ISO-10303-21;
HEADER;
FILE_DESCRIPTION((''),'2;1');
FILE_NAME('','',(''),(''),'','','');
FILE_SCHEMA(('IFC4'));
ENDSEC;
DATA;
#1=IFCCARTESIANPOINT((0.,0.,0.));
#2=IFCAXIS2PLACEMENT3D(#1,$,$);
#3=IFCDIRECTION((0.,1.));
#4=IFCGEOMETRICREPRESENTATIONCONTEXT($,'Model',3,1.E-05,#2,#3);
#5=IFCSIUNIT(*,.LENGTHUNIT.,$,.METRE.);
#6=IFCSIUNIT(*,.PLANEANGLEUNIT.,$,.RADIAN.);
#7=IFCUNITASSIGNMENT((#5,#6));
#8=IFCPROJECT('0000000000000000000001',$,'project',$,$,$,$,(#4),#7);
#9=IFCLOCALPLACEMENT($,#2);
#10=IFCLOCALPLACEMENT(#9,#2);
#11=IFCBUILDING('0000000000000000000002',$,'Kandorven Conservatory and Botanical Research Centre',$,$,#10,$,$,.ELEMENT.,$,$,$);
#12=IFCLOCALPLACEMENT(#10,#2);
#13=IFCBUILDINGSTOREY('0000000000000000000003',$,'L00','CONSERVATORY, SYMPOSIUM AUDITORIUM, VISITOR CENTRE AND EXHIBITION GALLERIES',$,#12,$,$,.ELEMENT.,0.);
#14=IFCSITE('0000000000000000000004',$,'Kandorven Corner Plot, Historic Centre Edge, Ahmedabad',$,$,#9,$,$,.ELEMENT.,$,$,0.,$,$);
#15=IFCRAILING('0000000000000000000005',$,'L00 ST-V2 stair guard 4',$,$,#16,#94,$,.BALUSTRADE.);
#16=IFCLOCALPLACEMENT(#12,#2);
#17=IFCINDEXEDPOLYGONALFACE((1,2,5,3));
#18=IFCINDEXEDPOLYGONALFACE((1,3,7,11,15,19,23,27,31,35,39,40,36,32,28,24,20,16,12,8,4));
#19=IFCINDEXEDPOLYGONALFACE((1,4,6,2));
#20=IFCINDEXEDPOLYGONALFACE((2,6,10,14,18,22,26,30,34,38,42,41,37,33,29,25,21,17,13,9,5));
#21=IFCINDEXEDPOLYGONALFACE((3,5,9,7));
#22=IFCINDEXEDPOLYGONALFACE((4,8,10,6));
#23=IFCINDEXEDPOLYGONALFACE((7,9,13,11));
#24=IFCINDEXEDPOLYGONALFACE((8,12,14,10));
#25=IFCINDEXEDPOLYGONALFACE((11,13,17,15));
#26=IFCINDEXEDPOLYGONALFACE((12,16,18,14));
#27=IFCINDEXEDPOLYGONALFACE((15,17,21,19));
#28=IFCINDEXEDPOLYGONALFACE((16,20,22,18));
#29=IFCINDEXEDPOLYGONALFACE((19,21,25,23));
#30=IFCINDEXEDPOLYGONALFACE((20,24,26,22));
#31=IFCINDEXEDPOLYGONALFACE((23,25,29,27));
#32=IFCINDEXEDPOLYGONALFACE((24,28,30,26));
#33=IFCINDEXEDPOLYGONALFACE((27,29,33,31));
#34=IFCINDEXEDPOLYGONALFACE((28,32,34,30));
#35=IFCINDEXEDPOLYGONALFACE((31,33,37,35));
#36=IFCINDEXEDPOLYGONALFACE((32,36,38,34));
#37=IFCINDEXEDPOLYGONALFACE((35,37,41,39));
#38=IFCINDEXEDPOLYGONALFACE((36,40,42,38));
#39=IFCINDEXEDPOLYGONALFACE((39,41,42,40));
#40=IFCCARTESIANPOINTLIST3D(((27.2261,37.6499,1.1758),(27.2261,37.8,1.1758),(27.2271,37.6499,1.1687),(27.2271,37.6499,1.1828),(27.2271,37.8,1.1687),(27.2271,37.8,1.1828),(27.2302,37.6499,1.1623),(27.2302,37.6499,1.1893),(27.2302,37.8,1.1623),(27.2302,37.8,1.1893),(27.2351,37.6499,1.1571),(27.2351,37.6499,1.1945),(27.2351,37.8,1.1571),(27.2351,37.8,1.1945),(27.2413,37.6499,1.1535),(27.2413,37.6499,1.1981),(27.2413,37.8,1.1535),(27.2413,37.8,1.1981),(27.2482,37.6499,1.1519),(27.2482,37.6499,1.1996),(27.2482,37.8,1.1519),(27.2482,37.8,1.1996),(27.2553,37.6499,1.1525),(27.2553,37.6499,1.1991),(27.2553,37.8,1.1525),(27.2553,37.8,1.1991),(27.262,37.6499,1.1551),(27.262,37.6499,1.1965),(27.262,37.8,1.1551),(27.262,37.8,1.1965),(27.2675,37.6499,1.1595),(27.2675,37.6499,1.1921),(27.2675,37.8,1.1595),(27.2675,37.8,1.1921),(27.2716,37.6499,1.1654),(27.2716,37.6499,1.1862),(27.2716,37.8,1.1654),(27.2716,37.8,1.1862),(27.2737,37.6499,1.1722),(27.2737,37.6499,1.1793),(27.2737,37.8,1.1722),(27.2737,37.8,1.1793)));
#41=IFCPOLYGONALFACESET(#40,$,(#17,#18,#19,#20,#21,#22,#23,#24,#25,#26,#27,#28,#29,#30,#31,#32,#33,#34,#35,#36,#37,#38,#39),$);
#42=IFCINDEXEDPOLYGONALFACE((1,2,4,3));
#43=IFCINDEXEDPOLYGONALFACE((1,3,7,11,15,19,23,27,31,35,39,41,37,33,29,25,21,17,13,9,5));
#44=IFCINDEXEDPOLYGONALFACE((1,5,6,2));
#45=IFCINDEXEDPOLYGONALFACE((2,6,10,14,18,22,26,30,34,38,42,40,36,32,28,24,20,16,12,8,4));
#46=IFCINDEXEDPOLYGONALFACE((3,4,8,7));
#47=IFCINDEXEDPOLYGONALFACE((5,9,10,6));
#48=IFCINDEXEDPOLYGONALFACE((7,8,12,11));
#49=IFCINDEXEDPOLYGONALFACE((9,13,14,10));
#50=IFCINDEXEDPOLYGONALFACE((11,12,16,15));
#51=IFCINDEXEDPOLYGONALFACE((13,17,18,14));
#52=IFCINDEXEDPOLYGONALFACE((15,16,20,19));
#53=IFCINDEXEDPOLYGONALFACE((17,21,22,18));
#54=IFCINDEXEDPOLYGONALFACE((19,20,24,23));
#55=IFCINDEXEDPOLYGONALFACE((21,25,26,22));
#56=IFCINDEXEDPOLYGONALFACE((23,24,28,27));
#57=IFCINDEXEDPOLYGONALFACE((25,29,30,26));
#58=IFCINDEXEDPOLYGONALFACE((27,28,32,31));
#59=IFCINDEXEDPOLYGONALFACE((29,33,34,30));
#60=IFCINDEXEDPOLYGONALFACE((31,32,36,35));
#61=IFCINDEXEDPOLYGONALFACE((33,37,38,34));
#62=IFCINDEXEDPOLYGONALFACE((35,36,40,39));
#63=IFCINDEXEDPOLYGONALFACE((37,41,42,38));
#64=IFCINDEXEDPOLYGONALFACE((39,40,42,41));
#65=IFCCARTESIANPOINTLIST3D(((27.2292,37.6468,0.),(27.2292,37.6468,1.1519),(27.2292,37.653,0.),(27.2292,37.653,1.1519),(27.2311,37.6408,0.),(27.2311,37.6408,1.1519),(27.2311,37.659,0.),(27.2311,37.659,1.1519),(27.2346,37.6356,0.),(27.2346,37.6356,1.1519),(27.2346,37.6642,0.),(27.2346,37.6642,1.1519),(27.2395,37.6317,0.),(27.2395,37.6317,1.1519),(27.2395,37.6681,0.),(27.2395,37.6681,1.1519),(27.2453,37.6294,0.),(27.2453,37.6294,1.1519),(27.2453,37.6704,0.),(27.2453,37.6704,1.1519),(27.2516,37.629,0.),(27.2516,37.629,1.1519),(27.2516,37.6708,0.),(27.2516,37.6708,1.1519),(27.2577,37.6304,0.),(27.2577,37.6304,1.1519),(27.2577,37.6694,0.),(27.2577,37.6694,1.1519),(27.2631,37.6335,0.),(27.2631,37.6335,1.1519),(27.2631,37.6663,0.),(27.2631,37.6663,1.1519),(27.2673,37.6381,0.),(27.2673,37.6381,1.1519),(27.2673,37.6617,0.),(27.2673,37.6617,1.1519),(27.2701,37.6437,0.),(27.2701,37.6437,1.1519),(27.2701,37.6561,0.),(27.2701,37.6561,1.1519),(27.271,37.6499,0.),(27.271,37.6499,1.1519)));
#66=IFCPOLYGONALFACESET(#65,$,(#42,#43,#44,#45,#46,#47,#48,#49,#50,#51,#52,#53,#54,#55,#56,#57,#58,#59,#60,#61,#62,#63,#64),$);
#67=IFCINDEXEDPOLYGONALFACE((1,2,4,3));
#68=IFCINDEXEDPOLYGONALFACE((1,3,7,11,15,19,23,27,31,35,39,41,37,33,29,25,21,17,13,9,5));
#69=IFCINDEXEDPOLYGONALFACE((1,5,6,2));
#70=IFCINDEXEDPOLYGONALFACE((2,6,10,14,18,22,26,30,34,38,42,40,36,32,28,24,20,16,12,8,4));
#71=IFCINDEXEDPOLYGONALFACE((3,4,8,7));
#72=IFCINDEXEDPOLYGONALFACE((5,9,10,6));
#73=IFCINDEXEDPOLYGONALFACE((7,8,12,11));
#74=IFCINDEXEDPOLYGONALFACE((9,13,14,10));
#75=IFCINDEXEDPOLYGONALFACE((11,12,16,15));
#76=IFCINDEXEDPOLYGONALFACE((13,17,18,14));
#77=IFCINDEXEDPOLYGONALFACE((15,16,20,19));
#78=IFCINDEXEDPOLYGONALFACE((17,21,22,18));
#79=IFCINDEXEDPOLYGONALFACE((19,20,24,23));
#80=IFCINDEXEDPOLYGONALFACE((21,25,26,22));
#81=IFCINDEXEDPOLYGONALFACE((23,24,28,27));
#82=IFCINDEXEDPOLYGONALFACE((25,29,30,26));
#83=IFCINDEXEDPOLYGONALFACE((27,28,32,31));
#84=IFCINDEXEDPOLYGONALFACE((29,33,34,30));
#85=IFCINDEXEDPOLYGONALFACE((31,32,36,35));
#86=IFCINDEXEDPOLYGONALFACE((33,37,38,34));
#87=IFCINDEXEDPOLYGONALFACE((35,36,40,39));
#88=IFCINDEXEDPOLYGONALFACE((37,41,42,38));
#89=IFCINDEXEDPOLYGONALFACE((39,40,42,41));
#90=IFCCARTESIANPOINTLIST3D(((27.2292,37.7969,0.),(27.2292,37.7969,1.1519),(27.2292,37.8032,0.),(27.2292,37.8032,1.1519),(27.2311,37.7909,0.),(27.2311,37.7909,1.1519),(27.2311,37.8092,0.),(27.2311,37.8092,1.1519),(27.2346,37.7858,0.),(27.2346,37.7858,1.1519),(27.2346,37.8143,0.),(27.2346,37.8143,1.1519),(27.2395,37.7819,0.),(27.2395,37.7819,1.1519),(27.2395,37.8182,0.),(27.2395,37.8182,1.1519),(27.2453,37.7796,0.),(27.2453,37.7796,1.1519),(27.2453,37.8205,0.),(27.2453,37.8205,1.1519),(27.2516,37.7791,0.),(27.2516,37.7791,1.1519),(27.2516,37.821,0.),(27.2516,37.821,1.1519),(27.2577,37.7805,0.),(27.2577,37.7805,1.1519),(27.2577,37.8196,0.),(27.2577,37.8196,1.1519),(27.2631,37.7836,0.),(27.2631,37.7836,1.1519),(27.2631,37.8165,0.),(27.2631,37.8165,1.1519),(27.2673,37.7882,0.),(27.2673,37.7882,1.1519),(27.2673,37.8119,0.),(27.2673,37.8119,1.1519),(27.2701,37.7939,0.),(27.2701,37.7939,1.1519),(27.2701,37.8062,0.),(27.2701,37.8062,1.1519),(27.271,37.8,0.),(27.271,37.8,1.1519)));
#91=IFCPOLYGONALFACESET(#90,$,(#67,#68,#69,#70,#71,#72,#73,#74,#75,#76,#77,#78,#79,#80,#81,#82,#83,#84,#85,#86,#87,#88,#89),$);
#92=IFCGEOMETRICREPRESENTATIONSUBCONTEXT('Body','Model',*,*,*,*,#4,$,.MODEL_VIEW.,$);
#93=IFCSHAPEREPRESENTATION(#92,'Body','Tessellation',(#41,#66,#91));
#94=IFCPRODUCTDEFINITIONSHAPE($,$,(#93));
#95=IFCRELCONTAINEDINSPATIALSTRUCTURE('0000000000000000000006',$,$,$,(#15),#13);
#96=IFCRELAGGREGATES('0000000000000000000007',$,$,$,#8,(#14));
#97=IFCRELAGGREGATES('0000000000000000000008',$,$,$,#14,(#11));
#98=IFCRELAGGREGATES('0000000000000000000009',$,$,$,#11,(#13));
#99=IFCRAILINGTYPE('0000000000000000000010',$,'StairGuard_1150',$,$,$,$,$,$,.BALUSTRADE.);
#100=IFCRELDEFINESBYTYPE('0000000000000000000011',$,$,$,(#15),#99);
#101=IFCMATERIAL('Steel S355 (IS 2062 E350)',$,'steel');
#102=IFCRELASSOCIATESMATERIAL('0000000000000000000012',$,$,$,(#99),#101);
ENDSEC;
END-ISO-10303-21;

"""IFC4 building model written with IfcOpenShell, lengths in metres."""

from ifc_helpers import new_model, si_unit, direction, frame, origin, origin_2d, place, context, subcontext, project, spatial, circle, extrude, material, type_object, element, save


model = new_model("IFC4")

# Units and contexts
model_context = context("Model", 3, precision=1e-05, world=origin(), true_north=direction((0.0, 1.0)))
body_context = subcontext(model_context, "Body", "Model", "MODEL_VIEW")
ifc_project = project(units=[si_unit("LENGTHUNIT", "METRE"), si_unit("PLANEANGLEUNIT", "RADIAN")], contexts=[model_context])

# Site, building, storey
site_placement = place(None, origin())
site = spatial("IfcSite", under=ifc_project, at=site_placement, Name="Kandorven Corner Plot, Historic Centre Edge, Ahmedabad", CompositionType="ELEMENT", RefElevation=0.0)
building_placement = place(site_placement, origin())
building = spatial("IfcBuilding", under=site, at=building_placement, Name="Kandorven Conservatory and Botanical Research Centre", CompositionType="ELEMENT")
storey_placement = place(building_placement, origin())
storey = spatial("IfcBuildingStorey", under=building, at=storey_placement, Name="L00", Description="CONSERVATORY, SYMPOSIUM AUDITORIUM, VISITOR CENTRE AND EXHIBITION GALLERIES", CompositionType="ELEMENT", Elevation=0.0)

# Railing
ifc_material_1 = material(Name="Steel S355 (IS 2062 E350)", Category="steel")
railing_type_1 = type_object("IfcRailingType", Name="StairGuard_1150", PredefinedType="BALUSTRADE", material=ifc_material_1)
railing_1_placement = place(storey_placement, frame((27.25, 37.6499, 0.0)))
element("IfcRailing", 1, at=railing_1_placement, inside=storey, type_object=railing_type_1, Name="L00 ST-V2 stair guard 4", PredefinedType="BALUSTRADE", context=body_context, shape_type="SweptSolid", body=[
    extrude(circle(Radius=0.0239, at=origin_2d()), frame((0.0, 0.0, 1.1758), z_axis=(0.0, 1.0, 0.0), x_axis=(-1.0, 0.0, 0.0)), (0.0, 0.0, 1.0), 0.1501),
    extrude(circle(Radius=0.021, at=origin_2d()), origin(), (0.0, 0.0, 1.0), 1.1519),
    extrude(circle(Radius=0.021, at=origin_2d()), frame((0.0, 0.1501, 0.0)), (0.0, 0.0, 1.0), 1.1519),
])

save(model, "model.ifc")
